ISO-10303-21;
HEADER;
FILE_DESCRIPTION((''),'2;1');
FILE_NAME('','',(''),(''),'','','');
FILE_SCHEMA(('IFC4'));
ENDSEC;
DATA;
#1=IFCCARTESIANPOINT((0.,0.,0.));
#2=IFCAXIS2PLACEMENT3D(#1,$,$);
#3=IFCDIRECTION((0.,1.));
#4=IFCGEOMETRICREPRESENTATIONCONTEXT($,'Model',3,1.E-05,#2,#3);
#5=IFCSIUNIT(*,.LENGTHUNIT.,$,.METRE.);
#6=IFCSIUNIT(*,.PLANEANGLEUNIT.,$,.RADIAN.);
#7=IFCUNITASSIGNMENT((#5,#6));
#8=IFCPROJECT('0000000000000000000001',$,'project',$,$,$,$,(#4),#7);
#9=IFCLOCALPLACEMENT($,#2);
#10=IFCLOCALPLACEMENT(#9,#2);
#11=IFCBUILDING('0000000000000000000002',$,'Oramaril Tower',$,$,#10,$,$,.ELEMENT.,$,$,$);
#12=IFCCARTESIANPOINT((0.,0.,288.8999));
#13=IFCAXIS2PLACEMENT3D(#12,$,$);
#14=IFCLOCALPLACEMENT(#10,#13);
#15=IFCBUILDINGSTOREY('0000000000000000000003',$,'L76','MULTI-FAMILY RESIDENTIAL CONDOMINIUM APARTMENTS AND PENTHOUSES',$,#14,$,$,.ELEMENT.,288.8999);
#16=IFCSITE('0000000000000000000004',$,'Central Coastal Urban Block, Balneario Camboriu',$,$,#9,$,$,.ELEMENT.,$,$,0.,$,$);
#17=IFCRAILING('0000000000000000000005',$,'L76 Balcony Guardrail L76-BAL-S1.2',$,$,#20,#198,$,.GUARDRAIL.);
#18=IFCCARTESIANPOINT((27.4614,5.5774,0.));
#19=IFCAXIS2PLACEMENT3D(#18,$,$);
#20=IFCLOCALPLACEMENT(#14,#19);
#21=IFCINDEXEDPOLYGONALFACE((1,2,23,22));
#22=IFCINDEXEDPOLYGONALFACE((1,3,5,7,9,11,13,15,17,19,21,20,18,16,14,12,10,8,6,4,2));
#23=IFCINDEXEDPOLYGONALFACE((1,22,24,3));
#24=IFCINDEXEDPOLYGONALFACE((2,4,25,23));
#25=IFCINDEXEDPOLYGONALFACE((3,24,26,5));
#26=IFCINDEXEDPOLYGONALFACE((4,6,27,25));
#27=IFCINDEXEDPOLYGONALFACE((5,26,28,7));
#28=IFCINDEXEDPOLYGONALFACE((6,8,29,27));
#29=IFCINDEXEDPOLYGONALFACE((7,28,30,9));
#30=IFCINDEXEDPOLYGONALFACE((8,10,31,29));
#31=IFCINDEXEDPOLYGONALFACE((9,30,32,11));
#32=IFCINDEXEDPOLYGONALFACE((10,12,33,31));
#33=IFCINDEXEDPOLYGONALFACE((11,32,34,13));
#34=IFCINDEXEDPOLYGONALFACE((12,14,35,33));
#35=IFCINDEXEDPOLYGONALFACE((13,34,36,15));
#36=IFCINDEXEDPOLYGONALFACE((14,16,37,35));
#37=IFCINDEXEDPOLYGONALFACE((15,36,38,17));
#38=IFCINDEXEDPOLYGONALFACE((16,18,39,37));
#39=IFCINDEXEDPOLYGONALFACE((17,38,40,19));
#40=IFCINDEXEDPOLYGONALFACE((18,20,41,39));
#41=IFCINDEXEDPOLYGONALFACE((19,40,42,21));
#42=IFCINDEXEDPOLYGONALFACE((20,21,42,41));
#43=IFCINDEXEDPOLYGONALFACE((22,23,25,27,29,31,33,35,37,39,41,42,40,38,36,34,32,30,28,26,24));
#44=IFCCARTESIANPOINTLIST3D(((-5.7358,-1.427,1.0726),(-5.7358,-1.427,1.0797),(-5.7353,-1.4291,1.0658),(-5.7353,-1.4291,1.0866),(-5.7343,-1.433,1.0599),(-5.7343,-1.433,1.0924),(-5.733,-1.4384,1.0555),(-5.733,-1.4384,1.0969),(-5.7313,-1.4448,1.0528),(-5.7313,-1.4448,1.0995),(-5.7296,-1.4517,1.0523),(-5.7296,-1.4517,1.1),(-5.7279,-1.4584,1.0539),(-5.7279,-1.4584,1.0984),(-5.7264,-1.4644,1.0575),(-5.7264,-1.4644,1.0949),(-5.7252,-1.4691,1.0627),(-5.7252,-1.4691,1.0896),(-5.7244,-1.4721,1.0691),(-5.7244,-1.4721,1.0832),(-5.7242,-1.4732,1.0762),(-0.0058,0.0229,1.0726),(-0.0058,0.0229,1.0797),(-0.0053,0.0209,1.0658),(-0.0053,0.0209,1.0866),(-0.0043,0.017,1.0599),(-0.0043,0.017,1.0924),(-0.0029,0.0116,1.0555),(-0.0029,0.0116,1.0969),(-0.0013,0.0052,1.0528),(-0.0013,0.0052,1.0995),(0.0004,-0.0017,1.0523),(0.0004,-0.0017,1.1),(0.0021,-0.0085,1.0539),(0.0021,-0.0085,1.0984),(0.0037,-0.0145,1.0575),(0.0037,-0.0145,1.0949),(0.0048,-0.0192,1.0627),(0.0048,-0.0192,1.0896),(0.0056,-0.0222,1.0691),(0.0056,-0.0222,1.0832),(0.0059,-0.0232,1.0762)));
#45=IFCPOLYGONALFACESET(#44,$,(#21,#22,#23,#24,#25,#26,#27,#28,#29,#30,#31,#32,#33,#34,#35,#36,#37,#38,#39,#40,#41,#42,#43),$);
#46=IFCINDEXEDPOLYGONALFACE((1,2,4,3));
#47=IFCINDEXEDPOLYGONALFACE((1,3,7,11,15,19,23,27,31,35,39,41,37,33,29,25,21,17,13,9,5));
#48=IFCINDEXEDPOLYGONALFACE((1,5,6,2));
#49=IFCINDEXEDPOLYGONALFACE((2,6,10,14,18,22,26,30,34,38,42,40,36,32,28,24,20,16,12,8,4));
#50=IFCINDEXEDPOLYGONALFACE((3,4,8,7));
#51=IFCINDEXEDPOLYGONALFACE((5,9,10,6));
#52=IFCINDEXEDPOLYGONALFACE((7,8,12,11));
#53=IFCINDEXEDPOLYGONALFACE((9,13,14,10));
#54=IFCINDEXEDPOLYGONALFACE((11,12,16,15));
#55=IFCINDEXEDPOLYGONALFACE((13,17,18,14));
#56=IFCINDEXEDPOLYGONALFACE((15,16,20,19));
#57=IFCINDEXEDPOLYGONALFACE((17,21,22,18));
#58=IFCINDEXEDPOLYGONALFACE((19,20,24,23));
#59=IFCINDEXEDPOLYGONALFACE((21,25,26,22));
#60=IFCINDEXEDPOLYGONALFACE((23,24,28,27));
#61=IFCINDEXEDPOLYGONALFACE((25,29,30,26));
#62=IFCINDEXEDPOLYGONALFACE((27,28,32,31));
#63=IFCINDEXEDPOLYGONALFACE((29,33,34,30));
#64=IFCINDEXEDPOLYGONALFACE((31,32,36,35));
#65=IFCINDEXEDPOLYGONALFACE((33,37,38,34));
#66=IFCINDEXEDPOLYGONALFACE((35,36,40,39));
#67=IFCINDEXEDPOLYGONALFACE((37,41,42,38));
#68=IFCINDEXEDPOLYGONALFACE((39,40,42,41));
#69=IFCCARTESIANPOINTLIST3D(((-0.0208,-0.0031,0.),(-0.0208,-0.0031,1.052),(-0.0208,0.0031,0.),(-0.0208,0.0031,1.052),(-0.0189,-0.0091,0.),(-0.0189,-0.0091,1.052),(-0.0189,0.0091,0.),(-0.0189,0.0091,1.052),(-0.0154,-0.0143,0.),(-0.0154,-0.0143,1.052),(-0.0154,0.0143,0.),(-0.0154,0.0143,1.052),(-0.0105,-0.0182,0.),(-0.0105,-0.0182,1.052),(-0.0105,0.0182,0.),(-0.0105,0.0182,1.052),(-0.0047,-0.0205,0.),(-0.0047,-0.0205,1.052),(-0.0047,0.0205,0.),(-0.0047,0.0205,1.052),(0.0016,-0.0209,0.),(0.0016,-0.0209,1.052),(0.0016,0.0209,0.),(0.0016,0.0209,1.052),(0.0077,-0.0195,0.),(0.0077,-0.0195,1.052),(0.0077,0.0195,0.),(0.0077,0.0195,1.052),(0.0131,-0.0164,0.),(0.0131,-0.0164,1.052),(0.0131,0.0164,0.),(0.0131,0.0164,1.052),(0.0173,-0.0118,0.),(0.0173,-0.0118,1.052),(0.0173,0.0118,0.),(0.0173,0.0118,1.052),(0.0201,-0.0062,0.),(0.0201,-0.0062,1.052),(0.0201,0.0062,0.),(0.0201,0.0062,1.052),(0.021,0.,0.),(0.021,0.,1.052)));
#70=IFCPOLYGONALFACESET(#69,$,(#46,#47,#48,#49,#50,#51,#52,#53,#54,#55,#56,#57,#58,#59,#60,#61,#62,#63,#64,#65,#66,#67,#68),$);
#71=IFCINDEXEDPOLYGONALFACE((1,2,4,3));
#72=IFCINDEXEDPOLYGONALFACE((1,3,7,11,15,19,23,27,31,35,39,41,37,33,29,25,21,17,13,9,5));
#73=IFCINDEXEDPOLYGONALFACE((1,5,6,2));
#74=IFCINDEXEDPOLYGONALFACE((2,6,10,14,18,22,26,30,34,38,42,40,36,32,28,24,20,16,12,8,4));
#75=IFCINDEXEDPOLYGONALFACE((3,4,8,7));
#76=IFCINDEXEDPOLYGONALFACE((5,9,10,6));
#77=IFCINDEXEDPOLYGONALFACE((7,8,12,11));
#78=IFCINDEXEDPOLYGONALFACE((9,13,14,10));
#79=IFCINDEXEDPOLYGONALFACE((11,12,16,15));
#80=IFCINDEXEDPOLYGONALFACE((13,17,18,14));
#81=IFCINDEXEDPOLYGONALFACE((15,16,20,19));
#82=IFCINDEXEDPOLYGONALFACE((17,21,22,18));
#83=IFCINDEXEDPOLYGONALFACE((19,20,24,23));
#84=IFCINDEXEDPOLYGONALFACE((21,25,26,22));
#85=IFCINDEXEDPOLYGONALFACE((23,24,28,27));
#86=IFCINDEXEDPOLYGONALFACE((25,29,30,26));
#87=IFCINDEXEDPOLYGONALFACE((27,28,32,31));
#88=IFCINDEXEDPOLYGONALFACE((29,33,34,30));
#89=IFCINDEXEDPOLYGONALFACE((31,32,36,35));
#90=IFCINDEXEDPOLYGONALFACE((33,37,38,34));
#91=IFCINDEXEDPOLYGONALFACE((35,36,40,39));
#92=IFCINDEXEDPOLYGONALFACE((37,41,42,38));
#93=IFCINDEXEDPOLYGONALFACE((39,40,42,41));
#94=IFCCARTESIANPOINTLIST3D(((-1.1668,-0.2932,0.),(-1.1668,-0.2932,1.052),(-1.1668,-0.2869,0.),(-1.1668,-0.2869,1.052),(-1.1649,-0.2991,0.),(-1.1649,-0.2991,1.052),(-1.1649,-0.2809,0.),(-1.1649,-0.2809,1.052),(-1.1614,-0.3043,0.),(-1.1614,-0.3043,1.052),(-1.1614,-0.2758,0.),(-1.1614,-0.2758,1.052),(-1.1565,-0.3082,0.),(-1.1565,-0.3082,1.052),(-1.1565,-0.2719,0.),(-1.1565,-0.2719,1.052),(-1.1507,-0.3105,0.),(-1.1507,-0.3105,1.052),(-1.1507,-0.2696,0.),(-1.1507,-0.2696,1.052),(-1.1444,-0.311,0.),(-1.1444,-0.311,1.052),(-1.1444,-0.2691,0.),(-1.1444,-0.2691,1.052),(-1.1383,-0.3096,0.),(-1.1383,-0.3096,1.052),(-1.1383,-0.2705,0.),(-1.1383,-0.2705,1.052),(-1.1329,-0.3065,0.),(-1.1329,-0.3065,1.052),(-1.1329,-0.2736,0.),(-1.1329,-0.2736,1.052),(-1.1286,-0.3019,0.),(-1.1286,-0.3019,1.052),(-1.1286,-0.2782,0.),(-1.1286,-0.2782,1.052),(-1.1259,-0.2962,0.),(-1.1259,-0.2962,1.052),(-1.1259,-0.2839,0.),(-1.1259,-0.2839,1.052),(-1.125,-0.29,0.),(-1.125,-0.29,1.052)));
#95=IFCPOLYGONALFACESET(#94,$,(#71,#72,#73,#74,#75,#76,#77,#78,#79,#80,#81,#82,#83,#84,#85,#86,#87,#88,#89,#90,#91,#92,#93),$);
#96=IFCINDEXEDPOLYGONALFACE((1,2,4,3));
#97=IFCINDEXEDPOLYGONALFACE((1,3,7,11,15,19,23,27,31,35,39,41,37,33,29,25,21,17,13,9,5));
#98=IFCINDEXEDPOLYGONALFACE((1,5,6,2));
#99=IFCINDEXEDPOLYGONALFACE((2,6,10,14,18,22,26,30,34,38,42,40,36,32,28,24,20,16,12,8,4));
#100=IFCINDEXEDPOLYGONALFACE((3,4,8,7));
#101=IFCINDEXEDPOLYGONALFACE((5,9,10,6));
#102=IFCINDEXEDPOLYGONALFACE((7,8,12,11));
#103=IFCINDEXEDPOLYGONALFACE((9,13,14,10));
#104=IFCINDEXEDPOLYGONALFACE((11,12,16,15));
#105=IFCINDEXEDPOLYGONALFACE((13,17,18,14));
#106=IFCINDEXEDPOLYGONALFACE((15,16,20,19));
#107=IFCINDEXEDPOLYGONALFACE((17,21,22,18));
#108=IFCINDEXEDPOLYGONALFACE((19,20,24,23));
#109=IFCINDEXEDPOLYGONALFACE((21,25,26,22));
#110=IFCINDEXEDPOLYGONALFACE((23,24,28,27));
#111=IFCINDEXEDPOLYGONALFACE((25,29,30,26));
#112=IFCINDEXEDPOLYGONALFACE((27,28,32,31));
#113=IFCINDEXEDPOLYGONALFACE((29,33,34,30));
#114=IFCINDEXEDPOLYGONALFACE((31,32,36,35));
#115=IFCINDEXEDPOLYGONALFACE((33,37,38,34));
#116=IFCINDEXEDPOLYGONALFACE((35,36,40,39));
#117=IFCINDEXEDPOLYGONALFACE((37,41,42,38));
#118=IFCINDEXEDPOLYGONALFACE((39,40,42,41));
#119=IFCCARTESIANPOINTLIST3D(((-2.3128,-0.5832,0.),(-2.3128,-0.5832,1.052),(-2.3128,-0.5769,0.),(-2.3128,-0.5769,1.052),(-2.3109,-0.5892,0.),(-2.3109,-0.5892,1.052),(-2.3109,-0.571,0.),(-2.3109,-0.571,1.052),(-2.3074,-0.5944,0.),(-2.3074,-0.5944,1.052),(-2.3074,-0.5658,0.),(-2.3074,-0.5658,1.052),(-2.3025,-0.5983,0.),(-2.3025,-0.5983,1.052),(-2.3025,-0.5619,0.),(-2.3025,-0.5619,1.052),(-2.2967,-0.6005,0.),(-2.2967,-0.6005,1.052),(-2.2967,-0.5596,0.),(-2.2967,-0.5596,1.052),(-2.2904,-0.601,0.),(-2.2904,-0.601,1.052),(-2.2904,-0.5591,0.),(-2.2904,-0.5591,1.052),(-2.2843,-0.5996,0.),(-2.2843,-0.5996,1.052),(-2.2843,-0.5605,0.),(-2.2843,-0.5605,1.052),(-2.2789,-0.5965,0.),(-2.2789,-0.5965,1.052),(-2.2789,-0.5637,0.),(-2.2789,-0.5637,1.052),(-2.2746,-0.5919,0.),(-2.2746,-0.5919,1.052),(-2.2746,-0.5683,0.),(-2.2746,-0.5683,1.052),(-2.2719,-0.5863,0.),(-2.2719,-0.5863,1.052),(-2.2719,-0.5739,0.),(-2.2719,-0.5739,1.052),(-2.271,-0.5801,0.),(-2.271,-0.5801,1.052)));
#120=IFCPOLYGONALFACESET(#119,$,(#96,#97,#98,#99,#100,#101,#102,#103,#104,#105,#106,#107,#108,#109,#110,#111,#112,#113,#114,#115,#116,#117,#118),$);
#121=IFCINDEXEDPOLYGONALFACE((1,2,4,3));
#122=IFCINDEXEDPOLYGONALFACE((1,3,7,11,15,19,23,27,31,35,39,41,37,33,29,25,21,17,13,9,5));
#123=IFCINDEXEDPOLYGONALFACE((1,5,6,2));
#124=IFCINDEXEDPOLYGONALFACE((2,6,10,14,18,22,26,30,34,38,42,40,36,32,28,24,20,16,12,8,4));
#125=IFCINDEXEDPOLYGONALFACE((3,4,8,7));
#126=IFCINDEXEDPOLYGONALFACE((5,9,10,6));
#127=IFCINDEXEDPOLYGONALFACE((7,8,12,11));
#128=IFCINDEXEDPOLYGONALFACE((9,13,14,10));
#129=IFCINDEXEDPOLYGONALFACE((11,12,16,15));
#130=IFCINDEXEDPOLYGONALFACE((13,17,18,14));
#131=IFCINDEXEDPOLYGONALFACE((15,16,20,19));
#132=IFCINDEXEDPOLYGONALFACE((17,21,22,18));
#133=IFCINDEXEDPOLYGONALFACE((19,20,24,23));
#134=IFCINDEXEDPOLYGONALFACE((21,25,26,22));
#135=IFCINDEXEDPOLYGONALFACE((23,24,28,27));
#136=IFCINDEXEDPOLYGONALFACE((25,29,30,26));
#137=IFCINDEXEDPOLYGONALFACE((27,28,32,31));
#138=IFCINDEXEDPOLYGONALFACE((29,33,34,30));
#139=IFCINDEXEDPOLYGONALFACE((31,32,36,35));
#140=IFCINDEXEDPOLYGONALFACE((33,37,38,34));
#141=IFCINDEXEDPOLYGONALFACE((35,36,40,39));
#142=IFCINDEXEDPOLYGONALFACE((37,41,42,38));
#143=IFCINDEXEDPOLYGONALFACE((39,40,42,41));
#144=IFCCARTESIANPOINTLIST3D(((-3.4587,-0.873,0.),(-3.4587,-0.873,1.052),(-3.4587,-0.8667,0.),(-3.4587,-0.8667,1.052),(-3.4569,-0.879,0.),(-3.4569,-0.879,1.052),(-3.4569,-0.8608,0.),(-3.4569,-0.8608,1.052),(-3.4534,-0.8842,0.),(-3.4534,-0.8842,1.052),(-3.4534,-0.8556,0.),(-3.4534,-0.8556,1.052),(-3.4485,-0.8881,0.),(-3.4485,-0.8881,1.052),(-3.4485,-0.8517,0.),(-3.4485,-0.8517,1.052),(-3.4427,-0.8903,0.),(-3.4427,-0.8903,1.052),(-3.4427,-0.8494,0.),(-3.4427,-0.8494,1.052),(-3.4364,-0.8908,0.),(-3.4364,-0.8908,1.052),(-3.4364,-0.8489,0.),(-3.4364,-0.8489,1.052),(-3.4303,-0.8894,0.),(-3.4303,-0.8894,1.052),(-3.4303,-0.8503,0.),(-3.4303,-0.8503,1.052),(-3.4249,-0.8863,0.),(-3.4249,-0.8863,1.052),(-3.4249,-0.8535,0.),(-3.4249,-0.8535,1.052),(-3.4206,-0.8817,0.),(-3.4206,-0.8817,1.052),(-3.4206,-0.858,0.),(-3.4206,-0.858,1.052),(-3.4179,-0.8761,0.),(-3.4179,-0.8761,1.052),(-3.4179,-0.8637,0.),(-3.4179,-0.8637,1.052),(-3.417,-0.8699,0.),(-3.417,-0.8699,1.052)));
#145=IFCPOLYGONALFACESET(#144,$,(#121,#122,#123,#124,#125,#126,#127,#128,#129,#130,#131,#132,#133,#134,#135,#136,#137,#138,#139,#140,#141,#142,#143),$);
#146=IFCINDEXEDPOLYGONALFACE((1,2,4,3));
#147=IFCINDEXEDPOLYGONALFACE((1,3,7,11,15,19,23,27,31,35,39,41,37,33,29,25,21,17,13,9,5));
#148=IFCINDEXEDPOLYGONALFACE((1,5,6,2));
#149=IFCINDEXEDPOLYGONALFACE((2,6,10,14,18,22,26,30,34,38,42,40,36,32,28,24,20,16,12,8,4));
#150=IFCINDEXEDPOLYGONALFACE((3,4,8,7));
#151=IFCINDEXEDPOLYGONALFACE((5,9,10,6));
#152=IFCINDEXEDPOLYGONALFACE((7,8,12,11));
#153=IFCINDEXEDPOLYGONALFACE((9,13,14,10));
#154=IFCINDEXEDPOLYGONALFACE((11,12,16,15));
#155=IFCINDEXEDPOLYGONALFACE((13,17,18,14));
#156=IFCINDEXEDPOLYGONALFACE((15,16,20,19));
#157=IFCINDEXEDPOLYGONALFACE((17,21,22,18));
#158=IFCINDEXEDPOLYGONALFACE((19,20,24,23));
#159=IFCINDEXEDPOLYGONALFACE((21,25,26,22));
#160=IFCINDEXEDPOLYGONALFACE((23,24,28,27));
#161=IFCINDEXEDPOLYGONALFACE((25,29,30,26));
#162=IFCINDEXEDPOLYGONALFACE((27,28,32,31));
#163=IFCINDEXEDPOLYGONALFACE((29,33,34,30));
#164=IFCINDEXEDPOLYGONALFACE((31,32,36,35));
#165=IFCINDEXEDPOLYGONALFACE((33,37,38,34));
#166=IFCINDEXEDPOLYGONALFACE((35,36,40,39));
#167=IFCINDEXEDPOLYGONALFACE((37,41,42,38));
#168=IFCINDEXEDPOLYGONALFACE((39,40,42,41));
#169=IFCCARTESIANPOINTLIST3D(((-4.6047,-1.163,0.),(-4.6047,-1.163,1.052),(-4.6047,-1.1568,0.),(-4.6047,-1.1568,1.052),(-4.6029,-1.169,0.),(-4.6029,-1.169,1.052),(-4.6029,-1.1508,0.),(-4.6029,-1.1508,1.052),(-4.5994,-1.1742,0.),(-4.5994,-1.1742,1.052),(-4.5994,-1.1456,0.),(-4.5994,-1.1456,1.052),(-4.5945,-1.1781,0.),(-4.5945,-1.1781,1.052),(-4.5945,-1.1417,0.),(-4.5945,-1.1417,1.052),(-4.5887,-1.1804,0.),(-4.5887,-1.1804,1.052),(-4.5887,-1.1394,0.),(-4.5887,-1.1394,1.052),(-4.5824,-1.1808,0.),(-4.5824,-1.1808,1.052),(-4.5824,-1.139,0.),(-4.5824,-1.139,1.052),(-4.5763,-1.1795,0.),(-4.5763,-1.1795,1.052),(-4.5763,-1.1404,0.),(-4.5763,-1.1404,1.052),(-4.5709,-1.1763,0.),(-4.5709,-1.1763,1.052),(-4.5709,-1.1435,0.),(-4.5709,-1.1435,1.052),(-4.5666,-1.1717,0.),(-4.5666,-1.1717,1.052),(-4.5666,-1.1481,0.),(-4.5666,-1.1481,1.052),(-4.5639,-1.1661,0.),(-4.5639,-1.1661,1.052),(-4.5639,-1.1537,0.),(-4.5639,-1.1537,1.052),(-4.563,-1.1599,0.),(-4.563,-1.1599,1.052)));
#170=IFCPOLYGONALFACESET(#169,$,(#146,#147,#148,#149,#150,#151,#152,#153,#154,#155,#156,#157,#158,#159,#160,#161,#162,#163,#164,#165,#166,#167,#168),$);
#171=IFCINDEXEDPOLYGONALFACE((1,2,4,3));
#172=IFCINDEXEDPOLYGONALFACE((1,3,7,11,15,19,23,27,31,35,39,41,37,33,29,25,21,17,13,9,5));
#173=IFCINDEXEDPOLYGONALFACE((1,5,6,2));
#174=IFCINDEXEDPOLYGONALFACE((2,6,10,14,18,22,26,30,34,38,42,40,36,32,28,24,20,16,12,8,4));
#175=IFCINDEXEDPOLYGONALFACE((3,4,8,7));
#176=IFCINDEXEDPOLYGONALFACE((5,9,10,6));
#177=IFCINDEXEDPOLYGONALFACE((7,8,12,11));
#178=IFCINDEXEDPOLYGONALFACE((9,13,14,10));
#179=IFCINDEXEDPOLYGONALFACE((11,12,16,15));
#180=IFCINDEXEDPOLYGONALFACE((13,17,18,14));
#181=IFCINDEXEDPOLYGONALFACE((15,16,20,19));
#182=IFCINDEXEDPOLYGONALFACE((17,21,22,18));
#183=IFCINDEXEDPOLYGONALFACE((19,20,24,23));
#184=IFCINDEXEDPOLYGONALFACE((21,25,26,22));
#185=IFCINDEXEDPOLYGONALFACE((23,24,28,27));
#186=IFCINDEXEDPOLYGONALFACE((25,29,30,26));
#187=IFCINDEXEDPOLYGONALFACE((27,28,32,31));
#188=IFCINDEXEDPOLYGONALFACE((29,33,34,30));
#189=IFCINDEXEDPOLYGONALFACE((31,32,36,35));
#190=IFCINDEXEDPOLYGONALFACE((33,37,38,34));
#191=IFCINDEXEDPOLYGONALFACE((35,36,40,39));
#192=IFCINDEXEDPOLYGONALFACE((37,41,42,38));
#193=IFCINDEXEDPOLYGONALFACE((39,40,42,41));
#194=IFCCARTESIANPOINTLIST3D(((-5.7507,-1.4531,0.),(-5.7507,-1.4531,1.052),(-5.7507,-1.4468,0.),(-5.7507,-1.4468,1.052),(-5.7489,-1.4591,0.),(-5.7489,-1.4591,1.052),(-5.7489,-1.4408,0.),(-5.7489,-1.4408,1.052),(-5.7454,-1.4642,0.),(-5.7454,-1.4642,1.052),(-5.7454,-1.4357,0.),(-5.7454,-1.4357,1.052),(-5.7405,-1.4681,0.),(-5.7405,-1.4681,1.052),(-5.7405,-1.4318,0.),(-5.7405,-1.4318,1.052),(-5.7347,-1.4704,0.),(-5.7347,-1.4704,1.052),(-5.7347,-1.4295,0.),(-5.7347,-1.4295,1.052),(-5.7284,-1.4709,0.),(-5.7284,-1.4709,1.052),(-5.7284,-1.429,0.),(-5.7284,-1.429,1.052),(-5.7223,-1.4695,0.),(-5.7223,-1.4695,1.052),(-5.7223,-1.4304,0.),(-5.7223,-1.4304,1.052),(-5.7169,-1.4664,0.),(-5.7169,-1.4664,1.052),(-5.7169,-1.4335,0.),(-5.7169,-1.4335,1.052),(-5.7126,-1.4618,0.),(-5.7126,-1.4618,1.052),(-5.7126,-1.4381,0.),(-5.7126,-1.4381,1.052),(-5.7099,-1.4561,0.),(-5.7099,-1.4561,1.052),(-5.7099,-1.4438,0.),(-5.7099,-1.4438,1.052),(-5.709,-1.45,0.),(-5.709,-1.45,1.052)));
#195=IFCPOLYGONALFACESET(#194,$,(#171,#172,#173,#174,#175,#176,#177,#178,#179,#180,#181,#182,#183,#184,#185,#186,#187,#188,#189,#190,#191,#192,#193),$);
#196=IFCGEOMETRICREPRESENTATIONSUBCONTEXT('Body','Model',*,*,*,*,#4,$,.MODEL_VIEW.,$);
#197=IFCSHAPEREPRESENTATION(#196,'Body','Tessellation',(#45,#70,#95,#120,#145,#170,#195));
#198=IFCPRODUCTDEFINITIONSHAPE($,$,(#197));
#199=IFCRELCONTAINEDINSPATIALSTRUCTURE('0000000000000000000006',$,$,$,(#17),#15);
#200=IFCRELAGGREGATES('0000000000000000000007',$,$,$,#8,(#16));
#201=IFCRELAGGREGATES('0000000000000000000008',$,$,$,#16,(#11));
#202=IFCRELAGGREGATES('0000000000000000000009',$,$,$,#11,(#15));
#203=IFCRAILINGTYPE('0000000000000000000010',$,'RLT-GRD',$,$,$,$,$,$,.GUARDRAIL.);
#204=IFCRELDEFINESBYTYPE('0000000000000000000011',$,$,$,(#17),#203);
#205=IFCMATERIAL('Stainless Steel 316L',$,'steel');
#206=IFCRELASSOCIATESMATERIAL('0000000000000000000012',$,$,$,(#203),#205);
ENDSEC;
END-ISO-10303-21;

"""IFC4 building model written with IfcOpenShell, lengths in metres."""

from ifc_helpers import new_model, si_unit, direction, frame, origin, origin_2d, place, context, subcontext, project, spatial, circle, extrude, material, type_object, element, save


model = new_model("IFC4")

# Units and contexts
model_context = context("Model", 3, precision=1e-05, world=origin(), true_north=direction((0.0, 1.0)))
body_context = subcontext(model_context, "Body", "Model", "MODEL_VIEW")
ifc_project = project(units=[si_unit("LENGTHUNIT", "METRE"), si_unit("PLANEANGLEUNIT", "RADIAN")], contexts=[model_context])

# Site, building, storey
site_placement = place(None, origin())
site = spatial("IfcSite", under=ifc_project, at=site_placement, Name="Central Coastal Urban Block, Balneario Camboriu", CompositionType="ELEMENT", RefElevation=0.0)
building_placement = place(site_placement, origin())
building = spatial("IfcBuilding", under=site, at=building_placement, Name="Oramaril Tower", CompositionType="ELEMENT")
storey_placement = place(building_placement, frame((0.0, 0.0, 288.8999)))
storey = spatial("IfcBuildingStorey", under=building, at=storey_placement, Name="L76", Description="MULTI-FAMILY RESIDENTIAL CONDOMINIUM APARTMENTS AND PENTHOUSES", CompositionType="ELEMENT", Elevation=288.8999)

# Railing
ifc_material_1 = material(Name="Stainless Steel 316L", Category="steel")
railing_type = type_object("IfcRailingType", Name="RLT-GRD", PredefinedType="GUARDRAIL", material=ifc_material_1)
railing_1_placement = place(storey_placement, frame((27.4614, 5.5774, 0.0)))
element("IfcRailing", 1, at=railing_1_placement, inside=storey, type_object=railing_type, Name="L76 Balcony Guardrail L76-BAL-S1.2", PredefinedType="GUARDRAIL", context=body_context, shape_type="SweptSolid", body=[
    extrude(circle(Radius=0.0239, at=origin_2d()), frame((0.0, 0.0, 1.0762), z_axis=(-0.969444, -0.245314, 0.0), x_axis=(0.245314, -0.969444, 0.0)), (0.0, 0.0, 1.0), 5.9106),
    extrude(circle(Radius=0.021, at=origin_2d()), origin(), (0.0, 0.0, 1.0), 1.052),
    extrude(circle(Radius=0.021, at=origin_2d()), frame((-1.146, -0.29, 0.0)), (0.0, 0.0, 1.0), 1.052),
    extrude(circle(Radius=0.021, at=origin_2d()), frame((-2.292, -0.5801, 0.0)), (0.0, 0.0, 1.0), 1.052),
    extrude(circle(Radius=0.021, at=origin_2d()), frame((-3.438, -0.8699, 0.0)), (0.0, 0.0, 1.0), 1.052),
    extrude(circle(Radius=0.021, at=origin_2d()), frame((-4.584, -1.1599, 0.0)), (0.0, 0.0, 1.0), 1.052),
    extrude(circle(Radius=0.021, at=origin_2d()), frame((-5.73, -1.45, 0.0)), (0.0, 0.0, 1.0), 1.052),
])

save(model, "model.ifc")
